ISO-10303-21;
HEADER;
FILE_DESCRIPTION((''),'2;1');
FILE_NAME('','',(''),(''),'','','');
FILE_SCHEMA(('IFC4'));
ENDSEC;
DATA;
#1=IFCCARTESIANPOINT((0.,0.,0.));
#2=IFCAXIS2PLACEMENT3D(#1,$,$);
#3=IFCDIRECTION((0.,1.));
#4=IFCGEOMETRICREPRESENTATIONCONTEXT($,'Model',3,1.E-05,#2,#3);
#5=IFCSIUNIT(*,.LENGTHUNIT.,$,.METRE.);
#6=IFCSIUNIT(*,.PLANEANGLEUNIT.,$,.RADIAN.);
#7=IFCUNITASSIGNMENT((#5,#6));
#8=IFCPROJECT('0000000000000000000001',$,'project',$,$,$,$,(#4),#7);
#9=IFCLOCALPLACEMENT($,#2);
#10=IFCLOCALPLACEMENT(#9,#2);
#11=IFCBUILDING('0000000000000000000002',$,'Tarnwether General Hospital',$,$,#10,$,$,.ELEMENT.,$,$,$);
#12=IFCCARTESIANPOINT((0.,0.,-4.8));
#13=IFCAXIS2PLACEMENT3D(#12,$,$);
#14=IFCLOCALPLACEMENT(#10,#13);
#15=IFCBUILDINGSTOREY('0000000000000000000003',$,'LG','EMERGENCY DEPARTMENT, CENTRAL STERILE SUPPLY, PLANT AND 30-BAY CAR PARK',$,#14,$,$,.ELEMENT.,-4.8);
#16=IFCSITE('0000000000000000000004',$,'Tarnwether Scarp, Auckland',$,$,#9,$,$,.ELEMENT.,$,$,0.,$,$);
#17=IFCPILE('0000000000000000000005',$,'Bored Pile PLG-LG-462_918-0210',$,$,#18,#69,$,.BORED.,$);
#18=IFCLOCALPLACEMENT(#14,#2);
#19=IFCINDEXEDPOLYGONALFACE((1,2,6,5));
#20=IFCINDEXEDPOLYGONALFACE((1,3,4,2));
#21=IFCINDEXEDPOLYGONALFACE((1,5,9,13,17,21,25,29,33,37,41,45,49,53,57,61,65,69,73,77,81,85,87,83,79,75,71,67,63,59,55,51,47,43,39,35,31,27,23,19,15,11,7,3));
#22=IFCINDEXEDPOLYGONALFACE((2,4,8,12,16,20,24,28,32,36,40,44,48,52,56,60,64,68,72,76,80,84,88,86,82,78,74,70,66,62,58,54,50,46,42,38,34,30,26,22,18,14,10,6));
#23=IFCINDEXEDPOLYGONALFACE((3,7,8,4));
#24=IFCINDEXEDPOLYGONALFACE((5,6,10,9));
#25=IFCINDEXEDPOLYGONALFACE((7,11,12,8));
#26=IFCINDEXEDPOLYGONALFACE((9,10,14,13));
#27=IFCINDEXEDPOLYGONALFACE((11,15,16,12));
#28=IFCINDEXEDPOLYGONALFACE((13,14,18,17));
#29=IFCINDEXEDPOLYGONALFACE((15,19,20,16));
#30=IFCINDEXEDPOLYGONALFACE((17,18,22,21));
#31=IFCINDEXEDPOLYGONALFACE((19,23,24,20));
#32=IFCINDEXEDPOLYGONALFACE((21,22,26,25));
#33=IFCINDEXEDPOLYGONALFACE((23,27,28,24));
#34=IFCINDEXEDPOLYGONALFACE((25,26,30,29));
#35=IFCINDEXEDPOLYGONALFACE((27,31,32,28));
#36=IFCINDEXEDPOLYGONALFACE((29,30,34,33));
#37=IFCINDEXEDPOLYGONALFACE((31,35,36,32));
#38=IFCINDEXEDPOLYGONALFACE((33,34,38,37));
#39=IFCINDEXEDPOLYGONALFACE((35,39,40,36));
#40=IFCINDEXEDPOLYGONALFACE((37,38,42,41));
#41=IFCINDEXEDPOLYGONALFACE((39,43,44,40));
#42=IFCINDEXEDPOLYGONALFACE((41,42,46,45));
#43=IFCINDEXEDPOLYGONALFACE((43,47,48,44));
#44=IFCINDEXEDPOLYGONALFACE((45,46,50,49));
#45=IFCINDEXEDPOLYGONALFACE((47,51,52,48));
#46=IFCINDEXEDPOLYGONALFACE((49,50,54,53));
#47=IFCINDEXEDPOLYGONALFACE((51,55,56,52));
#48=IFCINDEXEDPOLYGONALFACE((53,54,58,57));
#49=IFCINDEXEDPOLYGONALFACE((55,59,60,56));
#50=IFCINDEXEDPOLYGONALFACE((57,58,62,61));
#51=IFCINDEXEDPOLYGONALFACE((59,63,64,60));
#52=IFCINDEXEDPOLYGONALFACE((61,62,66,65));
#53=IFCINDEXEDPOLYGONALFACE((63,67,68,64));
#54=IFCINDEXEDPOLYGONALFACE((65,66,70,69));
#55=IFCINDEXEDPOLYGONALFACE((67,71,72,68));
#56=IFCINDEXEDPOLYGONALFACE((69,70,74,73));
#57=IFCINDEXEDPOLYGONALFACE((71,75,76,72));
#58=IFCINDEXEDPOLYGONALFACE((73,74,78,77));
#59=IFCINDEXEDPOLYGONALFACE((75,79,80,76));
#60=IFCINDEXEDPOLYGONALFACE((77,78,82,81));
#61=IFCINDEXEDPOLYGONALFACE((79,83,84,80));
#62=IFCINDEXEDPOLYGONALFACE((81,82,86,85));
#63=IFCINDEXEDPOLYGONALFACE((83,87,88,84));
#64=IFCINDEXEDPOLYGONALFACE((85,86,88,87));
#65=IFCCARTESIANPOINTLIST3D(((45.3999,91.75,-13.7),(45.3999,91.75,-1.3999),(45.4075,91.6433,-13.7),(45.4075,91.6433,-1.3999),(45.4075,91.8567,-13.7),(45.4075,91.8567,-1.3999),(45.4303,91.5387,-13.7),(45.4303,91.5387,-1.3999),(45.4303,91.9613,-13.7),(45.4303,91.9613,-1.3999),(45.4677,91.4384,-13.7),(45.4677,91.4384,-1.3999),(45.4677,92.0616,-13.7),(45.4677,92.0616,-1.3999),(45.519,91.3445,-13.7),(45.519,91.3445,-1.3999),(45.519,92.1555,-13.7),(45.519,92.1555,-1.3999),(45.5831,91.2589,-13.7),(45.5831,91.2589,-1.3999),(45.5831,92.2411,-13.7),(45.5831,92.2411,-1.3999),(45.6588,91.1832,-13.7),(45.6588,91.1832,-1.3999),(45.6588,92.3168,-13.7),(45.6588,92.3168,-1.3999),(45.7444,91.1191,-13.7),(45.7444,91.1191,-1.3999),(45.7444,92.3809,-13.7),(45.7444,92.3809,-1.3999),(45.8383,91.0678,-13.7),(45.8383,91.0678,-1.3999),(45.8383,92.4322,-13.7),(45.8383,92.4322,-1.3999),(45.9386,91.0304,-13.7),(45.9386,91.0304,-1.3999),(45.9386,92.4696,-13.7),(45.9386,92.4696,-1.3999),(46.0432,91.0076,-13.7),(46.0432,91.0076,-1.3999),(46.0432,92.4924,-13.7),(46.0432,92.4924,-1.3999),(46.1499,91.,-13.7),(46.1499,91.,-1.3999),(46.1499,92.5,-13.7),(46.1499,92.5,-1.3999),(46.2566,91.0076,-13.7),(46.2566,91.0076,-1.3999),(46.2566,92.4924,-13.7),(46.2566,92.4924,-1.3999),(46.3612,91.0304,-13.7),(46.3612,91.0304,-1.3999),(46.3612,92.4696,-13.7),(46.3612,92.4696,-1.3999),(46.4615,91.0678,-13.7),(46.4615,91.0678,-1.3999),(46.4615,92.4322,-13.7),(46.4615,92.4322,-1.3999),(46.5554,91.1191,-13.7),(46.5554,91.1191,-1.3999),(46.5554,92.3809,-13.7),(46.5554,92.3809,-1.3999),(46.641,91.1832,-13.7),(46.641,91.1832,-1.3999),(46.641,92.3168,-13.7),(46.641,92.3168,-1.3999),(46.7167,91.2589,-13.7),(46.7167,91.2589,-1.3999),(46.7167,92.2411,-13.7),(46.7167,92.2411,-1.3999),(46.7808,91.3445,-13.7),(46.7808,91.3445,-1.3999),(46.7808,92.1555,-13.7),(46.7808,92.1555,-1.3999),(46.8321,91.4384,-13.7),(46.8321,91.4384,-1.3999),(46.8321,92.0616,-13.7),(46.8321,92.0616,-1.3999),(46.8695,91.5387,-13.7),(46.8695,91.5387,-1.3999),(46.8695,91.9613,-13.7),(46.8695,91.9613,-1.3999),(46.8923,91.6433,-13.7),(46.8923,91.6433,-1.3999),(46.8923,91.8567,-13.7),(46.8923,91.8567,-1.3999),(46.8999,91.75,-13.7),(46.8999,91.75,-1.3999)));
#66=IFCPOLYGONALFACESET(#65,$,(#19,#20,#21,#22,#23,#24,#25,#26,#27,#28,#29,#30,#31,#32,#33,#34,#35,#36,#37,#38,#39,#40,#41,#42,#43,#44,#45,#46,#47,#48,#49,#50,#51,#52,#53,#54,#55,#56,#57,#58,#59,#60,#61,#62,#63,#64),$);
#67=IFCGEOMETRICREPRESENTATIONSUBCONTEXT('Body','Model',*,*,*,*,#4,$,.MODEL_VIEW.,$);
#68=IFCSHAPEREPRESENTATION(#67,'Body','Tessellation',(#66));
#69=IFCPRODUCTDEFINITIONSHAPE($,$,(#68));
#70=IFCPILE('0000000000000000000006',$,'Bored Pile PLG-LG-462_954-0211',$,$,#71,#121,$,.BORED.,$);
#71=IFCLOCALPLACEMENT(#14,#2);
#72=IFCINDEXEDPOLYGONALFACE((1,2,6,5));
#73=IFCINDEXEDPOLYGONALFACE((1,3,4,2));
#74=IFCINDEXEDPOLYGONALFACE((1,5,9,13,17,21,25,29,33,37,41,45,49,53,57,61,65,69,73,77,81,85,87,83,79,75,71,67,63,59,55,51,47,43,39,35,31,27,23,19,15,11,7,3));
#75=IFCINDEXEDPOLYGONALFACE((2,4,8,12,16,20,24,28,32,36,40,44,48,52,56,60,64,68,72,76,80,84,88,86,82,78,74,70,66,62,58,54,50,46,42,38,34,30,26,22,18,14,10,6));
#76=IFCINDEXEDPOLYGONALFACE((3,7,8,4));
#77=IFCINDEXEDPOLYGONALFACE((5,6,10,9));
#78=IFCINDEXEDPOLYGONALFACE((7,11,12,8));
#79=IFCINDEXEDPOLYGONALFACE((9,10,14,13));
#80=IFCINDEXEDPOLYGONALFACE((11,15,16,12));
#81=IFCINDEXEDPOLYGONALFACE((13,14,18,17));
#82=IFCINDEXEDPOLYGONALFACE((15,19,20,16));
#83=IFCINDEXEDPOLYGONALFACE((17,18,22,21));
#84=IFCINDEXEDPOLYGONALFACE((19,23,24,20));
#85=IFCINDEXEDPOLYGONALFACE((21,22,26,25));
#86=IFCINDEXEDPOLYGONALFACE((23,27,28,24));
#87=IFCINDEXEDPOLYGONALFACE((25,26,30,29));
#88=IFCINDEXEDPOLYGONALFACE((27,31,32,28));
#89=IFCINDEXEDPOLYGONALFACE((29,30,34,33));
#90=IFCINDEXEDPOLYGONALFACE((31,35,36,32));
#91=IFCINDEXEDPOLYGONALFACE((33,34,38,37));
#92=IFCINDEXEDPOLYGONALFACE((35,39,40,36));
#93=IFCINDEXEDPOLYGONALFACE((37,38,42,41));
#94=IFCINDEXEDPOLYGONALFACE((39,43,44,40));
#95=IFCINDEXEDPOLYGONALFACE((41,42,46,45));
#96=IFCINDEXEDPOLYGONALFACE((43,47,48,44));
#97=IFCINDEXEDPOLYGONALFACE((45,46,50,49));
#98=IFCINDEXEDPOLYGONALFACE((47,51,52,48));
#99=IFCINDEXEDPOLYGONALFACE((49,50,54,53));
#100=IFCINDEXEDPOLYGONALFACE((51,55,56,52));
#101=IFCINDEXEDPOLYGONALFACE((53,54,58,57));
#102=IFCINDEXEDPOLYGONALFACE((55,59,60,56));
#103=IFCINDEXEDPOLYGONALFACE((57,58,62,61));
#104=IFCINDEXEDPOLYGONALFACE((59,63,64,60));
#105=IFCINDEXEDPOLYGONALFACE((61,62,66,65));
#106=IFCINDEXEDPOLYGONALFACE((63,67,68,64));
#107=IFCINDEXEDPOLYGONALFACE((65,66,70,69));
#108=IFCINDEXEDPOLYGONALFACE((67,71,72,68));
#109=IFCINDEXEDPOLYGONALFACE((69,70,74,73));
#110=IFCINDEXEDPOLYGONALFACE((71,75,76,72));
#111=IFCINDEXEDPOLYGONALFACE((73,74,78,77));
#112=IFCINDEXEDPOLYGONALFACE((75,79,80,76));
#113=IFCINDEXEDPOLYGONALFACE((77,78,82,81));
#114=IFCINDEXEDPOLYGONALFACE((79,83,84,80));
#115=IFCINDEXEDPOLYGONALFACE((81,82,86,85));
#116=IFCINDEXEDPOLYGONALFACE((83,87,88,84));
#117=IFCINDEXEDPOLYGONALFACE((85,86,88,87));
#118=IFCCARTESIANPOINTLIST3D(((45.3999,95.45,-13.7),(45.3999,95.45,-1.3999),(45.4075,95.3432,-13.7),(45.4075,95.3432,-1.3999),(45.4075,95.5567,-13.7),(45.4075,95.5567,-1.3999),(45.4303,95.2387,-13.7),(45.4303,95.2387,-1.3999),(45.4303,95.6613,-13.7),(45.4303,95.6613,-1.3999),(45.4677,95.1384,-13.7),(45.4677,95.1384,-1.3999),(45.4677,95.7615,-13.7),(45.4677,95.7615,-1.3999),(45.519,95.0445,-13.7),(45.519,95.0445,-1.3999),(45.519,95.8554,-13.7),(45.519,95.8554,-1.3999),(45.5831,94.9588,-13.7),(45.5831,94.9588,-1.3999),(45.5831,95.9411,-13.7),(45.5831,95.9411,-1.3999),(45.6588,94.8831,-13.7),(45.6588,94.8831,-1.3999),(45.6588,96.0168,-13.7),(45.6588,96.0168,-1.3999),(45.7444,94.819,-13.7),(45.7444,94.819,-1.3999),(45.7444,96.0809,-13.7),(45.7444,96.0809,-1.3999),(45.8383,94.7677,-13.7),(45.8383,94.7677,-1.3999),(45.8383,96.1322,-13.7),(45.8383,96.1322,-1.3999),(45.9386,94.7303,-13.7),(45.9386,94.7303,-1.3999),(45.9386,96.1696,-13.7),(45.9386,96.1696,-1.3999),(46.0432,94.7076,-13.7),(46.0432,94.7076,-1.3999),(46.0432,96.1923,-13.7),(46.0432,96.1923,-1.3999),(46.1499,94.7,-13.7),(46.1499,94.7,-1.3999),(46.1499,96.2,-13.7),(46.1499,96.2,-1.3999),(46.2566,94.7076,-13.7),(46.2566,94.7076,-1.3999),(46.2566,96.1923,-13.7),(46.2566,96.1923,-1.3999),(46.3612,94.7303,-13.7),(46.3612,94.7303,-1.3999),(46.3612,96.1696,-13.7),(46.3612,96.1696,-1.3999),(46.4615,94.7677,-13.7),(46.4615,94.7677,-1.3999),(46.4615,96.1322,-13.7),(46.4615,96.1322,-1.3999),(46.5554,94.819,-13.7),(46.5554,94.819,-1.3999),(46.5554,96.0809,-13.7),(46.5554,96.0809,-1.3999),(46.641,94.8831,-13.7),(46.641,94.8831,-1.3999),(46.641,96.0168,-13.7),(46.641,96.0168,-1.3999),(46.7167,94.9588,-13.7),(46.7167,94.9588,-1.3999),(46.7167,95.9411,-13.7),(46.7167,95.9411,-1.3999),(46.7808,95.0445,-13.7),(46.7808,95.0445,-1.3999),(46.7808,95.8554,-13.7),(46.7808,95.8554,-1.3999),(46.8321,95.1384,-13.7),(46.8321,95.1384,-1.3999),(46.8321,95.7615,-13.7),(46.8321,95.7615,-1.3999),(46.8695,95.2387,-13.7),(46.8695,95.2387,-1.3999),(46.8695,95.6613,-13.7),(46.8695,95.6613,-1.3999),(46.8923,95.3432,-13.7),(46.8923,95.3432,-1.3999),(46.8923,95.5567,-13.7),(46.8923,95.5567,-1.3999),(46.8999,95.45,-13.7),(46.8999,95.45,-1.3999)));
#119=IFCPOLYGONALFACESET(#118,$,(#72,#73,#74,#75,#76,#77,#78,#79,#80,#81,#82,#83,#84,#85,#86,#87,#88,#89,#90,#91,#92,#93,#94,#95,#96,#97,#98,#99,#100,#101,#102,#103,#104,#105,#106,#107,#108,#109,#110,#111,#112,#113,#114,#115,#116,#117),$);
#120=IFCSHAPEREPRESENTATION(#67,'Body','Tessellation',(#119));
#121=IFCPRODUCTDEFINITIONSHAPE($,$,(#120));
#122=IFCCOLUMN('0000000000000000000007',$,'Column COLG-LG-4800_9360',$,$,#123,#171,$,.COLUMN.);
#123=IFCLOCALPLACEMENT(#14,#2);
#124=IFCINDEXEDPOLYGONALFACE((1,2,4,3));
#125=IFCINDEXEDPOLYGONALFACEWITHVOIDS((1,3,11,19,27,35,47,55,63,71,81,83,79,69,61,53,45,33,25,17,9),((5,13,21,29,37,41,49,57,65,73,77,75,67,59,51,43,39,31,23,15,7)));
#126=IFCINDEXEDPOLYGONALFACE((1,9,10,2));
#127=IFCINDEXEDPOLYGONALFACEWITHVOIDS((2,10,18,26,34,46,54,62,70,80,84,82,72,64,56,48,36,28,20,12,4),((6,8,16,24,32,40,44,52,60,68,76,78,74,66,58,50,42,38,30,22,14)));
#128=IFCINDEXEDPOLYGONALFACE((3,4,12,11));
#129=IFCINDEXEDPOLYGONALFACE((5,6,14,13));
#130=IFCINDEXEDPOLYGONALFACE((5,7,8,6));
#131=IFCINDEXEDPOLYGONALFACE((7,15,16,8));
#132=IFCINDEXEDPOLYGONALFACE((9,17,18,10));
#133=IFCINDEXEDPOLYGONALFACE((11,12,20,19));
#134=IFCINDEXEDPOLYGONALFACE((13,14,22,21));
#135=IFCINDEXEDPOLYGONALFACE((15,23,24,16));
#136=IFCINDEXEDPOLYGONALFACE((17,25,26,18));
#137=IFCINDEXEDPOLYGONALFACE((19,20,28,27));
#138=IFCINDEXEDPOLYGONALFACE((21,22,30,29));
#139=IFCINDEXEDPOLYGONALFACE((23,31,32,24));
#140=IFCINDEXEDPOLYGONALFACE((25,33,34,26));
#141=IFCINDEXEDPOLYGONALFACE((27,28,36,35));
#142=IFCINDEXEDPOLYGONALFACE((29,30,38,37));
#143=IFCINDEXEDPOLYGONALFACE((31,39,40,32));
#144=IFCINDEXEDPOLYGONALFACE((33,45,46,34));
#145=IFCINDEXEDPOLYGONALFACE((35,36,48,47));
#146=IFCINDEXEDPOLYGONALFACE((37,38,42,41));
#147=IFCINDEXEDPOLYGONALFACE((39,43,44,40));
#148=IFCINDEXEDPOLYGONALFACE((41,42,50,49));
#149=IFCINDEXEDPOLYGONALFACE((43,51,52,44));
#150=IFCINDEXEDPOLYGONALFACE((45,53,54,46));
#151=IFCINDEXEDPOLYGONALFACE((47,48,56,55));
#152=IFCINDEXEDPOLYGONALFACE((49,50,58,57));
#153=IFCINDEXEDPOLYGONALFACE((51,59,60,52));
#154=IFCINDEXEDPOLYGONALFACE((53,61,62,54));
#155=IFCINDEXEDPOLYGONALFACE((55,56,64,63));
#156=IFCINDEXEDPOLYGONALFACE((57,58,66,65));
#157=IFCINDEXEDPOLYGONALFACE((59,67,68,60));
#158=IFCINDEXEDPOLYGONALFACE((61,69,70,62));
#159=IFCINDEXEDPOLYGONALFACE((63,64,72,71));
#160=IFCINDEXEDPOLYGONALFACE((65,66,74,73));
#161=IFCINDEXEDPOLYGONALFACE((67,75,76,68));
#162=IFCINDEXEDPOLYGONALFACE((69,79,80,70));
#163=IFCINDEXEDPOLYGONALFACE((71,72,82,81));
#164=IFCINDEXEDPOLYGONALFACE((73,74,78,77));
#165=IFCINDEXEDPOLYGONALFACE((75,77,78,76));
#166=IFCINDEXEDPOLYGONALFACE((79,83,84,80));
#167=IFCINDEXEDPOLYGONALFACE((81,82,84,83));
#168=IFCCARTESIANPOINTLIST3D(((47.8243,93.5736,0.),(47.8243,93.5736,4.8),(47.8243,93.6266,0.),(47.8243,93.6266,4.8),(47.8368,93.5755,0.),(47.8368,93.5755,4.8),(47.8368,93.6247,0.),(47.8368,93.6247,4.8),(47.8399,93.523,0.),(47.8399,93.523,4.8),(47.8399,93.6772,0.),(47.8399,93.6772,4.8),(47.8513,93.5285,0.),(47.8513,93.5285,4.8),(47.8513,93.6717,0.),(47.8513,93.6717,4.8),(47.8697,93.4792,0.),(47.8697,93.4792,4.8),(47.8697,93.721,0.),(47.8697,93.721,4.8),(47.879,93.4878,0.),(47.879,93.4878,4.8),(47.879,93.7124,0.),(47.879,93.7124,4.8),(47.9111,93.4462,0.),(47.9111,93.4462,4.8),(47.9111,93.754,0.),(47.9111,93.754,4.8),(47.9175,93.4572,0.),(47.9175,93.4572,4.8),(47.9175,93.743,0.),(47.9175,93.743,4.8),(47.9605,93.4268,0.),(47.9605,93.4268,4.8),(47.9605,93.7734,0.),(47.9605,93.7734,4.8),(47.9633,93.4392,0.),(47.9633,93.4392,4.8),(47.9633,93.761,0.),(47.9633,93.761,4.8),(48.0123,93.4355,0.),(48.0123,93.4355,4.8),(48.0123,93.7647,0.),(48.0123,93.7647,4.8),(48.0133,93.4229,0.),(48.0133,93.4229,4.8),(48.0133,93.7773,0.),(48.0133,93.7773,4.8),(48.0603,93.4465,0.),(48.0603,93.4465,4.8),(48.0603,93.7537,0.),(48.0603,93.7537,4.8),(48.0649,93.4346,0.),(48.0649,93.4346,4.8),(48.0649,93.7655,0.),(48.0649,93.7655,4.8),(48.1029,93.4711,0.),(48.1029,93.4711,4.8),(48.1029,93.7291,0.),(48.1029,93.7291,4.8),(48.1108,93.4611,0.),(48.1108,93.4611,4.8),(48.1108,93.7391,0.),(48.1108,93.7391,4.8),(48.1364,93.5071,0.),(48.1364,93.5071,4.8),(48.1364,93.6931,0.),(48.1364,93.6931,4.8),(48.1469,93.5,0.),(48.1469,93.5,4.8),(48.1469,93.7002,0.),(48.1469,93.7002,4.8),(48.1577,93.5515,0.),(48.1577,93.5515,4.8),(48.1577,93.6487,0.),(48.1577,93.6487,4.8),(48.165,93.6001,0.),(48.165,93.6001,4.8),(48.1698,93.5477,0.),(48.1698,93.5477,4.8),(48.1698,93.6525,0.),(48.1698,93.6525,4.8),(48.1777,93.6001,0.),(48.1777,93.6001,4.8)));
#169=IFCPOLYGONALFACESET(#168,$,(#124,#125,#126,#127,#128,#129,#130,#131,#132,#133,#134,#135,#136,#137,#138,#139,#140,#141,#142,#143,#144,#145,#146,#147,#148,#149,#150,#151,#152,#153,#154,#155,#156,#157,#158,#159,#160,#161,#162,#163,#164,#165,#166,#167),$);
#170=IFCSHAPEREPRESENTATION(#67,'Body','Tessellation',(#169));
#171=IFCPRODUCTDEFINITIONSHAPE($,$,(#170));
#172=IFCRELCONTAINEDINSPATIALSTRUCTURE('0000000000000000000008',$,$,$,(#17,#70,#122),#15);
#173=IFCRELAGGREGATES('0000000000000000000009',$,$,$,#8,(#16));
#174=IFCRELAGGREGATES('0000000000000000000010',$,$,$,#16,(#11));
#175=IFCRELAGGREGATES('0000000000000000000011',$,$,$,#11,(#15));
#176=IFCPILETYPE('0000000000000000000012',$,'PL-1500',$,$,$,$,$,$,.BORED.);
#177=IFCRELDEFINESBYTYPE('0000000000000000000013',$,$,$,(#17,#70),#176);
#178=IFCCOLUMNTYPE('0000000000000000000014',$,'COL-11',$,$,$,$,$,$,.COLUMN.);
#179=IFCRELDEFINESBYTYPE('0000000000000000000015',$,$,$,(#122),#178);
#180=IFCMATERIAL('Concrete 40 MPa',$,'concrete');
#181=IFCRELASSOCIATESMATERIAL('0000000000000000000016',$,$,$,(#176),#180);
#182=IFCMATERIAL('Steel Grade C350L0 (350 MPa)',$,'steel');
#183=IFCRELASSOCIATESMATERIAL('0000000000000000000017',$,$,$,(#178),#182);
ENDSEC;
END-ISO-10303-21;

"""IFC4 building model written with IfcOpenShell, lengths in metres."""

from ifc_helpers import new_model, si_unit, direction, frame, origin, origin_2d, place, context, subcontext, project, spatial, circle, hollow_circle, extrude, material, material_profile, profile_set, type_object, element, save


model = new_model("IFC4")

# Units and contexts
model_context = context("Model", 3, precision=1e-05, world=origin(), true_north=direction((0.0, 1.0)))
body_context = subcontext(model_context, "Body", "Model", "MODEL_VIEW")
ifc_project = project(units=[si_unit("LENGTHUNIT", "METRE"), si_unit("PLANEANGLEUNIT", "RADIAN")], contexts=[model_context])

# Site, building, storey
site_placement = place(None, origin())
site = spatial("IfcSite", under=ifc_project, at=site_placement, Name="Tarnwether Scarp, Auckland", CompositionType="ELEMENT", RefElevation=0.0)
building_placement = place(site_placement, origin())
building = spatial("IfcBuilding", under=site, at=building_placement, Name="Tarnwether General Hospital", CompositionType="ELEMENT")
storey_placement = place(building_placement, frame((0.0, 0.0, -4.8)))
storey = spatial("IfcBuildingStorey", under=building, at=storey_placement, Name="LG", Description="EMERGENCY DEPARTMENT, CENTRAL STERILE SUPPLY, PLANT AND 30-BAY CAR PARK", CompositionType="ELEMENT", Elevation=-4.8)

# Piles
ifc_material_1 = material(Name="Concrete 40 MPa", Category="concrete")
ifc_material_profile_1 = material_profile(ifc_material_1, circle(Radius=0.75, at=origin_2d()), Name="PILE-D1500")
ifc_profile_set_1 = profile_set([ifc_material_profile_1], Name="Concrete 40 MPa")
pile_type_1 = type_object("IfcPileType", Name="PL-1500", PredefinedType="BORED", material=ifc_profile_set_1)
for number, where, z_axis, x_axis, name in (
    (1, (46.1499, 91.75, -1.3999), (0.0, 0.0, -1.0), (1.0, 0.0, 0.0), "Bored Pile PLG-LG-462_918-0210"),
    (2, (46.1499, 95.45, -1.3999), (0.0, 0.0, -1.0), (1.0, 0.0, 0.0), "Bored Pile PLG-LG-462_954-0211"),
):
    element("IfcPile", number, at=place(storey_placement, frame(where, z_axis=z_axis, x_axis=x_axis)), inside=storey, type_object=pile_type_1, Name=name, PredefinedType="BORED", context=body_context, shape_type="SweptSolid", body=[
        extrude(circle(Radius=0.75, at=origin_2d()), origin(), (0.0, 0.0, 1.0), 12.3),
    ])

# Column
ifc_material_2 = material(Name="Steel Grade C350L0 (350 MPa)", Category="steel")
ifc_material_profile_2 = material_profile(ifc_material_2, hollow_circle(Radius=0.1777, WallThickness=0.0127, at=origin_2d()), Name="CHS355.6x12.7")
ifc_profile_set_2 = profile_set([ifc_material_profile_2], Name="Steel Grade C350L0 (350 MPa)")
column_type_1 = type_object("IfcColumnType", Name="COL-11", PredefinedType="COLUMN", material=ifc_profile_set_2)
column_1_placement = place(storey_placement, frame((48.0, 93.6001, 0.0), z_axis=(0.0, 0.0, 1.0), x_axis=(1.0, 0.0, 0.0)))
element("IfcColumn", 3, at=column_1_placement, inside=storey, type_object=column_type_1, Name="Column COLG-LG-4800_9360", PredefinedType="COLUMN", context=body_context, shape_type="SweptSolid", body=[
    extrude(hollow_circle(Radius=0.1777, WallThickness=0.0127, at=origin_2d()), origin(), (0.0, 0.0, 1.0), 4.8),
])

save(model, "model.ifc")
